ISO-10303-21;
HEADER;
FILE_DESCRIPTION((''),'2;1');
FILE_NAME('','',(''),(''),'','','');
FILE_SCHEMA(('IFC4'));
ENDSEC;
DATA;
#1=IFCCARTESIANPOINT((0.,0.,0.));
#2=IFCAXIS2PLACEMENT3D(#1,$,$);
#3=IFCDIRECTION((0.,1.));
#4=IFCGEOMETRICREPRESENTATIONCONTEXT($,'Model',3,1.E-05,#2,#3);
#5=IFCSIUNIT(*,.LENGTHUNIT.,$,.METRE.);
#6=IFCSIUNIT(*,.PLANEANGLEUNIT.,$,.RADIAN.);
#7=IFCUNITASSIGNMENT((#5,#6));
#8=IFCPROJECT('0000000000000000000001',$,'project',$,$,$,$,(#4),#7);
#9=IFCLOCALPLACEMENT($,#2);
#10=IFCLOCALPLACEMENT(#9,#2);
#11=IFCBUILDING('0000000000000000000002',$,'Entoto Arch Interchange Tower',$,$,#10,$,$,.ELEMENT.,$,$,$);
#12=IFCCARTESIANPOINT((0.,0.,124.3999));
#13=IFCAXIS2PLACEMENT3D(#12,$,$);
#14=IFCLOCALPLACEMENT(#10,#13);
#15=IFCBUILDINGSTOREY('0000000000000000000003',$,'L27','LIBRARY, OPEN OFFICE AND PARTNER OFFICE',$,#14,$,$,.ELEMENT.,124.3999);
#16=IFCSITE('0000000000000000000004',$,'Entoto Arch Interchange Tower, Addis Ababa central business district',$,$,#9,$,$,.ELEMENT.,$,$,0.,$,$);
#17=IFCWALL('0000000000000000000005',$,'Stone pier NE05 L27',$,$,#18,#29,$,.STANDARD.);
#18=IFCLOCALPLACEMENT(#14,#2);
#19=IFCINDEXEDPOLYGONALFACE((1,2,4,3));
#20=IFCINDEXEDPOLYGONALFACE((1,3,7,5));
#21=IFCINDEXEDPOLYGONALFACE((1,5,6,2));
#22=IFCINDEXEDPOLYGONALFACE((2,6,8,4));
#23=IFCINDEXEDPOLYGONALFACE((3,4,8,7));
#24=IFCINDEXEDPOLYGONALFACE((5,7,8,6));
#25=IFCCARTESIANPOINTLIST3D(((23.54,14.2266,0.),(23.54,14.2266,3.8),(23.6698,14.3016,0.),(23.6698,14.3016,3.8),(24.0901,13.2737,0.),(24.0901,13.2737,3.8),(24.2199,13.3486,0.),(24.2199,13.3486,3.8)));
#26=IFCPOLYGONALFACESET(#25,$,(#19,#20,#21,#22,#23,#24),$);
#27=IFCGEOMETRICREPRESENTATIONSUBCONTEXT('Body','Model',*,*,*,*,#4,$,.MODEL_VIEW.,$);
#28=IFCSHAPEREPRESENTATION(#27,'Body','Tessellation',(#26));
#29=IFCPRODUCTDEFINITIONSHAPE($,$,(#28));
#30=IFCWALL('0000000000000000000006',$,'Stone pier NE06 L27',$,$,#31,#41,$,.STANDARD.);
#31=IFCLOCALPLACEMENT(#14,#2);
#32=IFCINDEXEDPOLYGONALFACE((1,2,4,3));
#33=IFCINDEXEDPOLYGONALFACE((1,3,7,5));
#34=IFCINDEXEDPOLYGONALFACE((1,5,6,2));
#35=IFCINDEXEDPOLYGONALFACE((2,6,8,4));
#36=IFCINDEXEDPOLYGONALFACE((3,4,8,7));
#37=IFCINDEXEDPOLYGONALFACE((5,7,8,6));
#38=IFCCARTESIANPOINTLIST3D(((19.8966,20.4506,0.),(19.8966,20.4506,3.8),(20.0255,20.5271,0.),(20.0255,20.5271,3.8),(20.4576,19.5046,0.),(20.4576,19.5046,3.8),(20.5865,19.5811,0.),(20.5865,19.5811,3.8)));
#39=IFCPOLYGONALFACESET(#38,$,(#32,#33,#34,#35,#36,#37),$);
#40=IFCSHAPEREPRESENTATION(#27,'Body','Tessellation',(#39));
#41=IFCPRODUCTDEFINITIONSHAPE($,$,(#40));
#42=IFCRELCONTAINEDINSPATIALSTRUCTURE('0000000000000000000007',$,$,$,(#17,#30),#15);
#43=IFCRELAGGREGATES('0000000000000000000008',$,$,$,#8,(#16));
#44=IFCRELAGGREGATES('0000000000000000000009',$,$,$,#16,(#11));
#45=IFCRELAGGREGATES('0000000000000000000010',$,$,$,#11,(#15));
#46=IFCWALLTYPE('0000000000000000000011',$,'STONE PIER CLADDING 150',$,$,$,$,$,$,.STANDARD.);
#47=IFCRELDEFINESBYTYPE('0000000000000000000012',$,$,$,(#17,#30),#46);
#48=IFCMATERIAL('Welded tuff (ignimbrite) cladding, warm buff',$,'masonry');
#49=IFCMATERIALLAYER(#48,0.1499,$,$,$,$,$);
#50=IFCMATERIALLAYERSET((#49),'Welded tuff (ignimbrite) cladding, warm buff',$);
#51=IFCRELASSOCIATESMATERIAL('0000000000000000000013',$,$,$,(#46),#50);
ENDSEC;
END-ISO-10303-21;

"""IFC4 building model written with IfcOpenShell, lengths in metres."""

from ifc_helpers import new_model, si_unit, direction, frame, frame_2d, origin, place, context, subcontext, project, spatial, rectangle, extrude, material, layer, layer_set, type_object, element, save


model = new_model("IFC4")

# Units and contexts
model_context = context("Model", 3, precision=1e-05, world=origin(), true_north=direction((0.0, 1.0)))
body_context = subcontext(model_context, "Body", "Model", "MODEL_VIEW")
ifc_project = project(units=[si_unit("LENGTHUNIT", "METRE"), si_unit("PLANEANGLEUNIT", "RADIAN")], contexts=[model_context])

# Site, building, storey
site_placement = place(None, origin())
site = spatial("IfcSite", under=ifc_project, at=site_placement, Name="Entoto Arch Interchange Tower, Addis Ababa central business district", CompositionType="ELEMENT", RefElevation=0.0)
building_placement = place(site_placement, origin())
building = spatial("IfcBuilding", under=site, at=building_placement, Name="Entoto Arch Interchange Tower", CompositionType="ELEMENT")
storey_placement = place(building_placement, frame((0.0, 0.0, 124.3999)))
storey = spatial("IfcBuildingStorey", under=building, at=storey_placement, Name="L27", Description="LIBRARY, OPEN OFFICE AND PARTNER OFFICE", CompositionType="ELEMENT", Elevation=124.3999)

# Shared definitions
ifc_material_1 = material(Name="Welded tuff (ignimbrite) cladding, warm buff", Category="masonry")

# Walls
ifc_layer_1 = layer(ifc_material_1, 0.1499)
ifc_layer_set_1 = layer_set([ifc_layer_1], Name="Welded tuff (ignimbrite) cladding, warm buff")
wall_type_1 = type_object("IfcWallType", Name="STONE PIER CLADDING 150", PredefinedType="STANDARD", material=ifc_layer_set_1)
wall_1_placement = place(storey_placement, frame((24.155, 13.311, 0.0), z_axis=(0.0, 0.0, 1.0), x_axis=(-0.499934, 0.866064, 0.0)))
element("IfcWall", 1, at=wall_1_placement, inside=storey, type_object=wall_type_1, Name="Stone pier NE05 L27", PredefinedType="STANDARD", context=body_context, shape_type="SweptSolid", body=[
    extrude(rectangle(XDim=1.1003, YDim=0.1499, at=frame_2d((0.5503, 0.0))), origin(), (0.0, 0.0, 1.0), 3.8),
])
wall_2_placement = place(storey_placement, frame((20.522, 19.543, 0.0), z_axis=(0.0, 0.0, 1.0), x_axis=(-0.510082, 0.860126, 0.0)))
element("IfcWall", 2, at=wall_2_placement, inside=storey, type_object=wall_type_1, Name="Stone pier NE06 L27", PredefinedType="STANDARD", context=body_context, shape_type="SweptSolid", body=[
    extrude(rectangle(XDim=1.0999, YDim=0.1499, at=frame_2d((0.5498, 0.0))), origin(), (0.0, 0.0, 1.0), 3.8),
])

save(model, "model.ifc")
